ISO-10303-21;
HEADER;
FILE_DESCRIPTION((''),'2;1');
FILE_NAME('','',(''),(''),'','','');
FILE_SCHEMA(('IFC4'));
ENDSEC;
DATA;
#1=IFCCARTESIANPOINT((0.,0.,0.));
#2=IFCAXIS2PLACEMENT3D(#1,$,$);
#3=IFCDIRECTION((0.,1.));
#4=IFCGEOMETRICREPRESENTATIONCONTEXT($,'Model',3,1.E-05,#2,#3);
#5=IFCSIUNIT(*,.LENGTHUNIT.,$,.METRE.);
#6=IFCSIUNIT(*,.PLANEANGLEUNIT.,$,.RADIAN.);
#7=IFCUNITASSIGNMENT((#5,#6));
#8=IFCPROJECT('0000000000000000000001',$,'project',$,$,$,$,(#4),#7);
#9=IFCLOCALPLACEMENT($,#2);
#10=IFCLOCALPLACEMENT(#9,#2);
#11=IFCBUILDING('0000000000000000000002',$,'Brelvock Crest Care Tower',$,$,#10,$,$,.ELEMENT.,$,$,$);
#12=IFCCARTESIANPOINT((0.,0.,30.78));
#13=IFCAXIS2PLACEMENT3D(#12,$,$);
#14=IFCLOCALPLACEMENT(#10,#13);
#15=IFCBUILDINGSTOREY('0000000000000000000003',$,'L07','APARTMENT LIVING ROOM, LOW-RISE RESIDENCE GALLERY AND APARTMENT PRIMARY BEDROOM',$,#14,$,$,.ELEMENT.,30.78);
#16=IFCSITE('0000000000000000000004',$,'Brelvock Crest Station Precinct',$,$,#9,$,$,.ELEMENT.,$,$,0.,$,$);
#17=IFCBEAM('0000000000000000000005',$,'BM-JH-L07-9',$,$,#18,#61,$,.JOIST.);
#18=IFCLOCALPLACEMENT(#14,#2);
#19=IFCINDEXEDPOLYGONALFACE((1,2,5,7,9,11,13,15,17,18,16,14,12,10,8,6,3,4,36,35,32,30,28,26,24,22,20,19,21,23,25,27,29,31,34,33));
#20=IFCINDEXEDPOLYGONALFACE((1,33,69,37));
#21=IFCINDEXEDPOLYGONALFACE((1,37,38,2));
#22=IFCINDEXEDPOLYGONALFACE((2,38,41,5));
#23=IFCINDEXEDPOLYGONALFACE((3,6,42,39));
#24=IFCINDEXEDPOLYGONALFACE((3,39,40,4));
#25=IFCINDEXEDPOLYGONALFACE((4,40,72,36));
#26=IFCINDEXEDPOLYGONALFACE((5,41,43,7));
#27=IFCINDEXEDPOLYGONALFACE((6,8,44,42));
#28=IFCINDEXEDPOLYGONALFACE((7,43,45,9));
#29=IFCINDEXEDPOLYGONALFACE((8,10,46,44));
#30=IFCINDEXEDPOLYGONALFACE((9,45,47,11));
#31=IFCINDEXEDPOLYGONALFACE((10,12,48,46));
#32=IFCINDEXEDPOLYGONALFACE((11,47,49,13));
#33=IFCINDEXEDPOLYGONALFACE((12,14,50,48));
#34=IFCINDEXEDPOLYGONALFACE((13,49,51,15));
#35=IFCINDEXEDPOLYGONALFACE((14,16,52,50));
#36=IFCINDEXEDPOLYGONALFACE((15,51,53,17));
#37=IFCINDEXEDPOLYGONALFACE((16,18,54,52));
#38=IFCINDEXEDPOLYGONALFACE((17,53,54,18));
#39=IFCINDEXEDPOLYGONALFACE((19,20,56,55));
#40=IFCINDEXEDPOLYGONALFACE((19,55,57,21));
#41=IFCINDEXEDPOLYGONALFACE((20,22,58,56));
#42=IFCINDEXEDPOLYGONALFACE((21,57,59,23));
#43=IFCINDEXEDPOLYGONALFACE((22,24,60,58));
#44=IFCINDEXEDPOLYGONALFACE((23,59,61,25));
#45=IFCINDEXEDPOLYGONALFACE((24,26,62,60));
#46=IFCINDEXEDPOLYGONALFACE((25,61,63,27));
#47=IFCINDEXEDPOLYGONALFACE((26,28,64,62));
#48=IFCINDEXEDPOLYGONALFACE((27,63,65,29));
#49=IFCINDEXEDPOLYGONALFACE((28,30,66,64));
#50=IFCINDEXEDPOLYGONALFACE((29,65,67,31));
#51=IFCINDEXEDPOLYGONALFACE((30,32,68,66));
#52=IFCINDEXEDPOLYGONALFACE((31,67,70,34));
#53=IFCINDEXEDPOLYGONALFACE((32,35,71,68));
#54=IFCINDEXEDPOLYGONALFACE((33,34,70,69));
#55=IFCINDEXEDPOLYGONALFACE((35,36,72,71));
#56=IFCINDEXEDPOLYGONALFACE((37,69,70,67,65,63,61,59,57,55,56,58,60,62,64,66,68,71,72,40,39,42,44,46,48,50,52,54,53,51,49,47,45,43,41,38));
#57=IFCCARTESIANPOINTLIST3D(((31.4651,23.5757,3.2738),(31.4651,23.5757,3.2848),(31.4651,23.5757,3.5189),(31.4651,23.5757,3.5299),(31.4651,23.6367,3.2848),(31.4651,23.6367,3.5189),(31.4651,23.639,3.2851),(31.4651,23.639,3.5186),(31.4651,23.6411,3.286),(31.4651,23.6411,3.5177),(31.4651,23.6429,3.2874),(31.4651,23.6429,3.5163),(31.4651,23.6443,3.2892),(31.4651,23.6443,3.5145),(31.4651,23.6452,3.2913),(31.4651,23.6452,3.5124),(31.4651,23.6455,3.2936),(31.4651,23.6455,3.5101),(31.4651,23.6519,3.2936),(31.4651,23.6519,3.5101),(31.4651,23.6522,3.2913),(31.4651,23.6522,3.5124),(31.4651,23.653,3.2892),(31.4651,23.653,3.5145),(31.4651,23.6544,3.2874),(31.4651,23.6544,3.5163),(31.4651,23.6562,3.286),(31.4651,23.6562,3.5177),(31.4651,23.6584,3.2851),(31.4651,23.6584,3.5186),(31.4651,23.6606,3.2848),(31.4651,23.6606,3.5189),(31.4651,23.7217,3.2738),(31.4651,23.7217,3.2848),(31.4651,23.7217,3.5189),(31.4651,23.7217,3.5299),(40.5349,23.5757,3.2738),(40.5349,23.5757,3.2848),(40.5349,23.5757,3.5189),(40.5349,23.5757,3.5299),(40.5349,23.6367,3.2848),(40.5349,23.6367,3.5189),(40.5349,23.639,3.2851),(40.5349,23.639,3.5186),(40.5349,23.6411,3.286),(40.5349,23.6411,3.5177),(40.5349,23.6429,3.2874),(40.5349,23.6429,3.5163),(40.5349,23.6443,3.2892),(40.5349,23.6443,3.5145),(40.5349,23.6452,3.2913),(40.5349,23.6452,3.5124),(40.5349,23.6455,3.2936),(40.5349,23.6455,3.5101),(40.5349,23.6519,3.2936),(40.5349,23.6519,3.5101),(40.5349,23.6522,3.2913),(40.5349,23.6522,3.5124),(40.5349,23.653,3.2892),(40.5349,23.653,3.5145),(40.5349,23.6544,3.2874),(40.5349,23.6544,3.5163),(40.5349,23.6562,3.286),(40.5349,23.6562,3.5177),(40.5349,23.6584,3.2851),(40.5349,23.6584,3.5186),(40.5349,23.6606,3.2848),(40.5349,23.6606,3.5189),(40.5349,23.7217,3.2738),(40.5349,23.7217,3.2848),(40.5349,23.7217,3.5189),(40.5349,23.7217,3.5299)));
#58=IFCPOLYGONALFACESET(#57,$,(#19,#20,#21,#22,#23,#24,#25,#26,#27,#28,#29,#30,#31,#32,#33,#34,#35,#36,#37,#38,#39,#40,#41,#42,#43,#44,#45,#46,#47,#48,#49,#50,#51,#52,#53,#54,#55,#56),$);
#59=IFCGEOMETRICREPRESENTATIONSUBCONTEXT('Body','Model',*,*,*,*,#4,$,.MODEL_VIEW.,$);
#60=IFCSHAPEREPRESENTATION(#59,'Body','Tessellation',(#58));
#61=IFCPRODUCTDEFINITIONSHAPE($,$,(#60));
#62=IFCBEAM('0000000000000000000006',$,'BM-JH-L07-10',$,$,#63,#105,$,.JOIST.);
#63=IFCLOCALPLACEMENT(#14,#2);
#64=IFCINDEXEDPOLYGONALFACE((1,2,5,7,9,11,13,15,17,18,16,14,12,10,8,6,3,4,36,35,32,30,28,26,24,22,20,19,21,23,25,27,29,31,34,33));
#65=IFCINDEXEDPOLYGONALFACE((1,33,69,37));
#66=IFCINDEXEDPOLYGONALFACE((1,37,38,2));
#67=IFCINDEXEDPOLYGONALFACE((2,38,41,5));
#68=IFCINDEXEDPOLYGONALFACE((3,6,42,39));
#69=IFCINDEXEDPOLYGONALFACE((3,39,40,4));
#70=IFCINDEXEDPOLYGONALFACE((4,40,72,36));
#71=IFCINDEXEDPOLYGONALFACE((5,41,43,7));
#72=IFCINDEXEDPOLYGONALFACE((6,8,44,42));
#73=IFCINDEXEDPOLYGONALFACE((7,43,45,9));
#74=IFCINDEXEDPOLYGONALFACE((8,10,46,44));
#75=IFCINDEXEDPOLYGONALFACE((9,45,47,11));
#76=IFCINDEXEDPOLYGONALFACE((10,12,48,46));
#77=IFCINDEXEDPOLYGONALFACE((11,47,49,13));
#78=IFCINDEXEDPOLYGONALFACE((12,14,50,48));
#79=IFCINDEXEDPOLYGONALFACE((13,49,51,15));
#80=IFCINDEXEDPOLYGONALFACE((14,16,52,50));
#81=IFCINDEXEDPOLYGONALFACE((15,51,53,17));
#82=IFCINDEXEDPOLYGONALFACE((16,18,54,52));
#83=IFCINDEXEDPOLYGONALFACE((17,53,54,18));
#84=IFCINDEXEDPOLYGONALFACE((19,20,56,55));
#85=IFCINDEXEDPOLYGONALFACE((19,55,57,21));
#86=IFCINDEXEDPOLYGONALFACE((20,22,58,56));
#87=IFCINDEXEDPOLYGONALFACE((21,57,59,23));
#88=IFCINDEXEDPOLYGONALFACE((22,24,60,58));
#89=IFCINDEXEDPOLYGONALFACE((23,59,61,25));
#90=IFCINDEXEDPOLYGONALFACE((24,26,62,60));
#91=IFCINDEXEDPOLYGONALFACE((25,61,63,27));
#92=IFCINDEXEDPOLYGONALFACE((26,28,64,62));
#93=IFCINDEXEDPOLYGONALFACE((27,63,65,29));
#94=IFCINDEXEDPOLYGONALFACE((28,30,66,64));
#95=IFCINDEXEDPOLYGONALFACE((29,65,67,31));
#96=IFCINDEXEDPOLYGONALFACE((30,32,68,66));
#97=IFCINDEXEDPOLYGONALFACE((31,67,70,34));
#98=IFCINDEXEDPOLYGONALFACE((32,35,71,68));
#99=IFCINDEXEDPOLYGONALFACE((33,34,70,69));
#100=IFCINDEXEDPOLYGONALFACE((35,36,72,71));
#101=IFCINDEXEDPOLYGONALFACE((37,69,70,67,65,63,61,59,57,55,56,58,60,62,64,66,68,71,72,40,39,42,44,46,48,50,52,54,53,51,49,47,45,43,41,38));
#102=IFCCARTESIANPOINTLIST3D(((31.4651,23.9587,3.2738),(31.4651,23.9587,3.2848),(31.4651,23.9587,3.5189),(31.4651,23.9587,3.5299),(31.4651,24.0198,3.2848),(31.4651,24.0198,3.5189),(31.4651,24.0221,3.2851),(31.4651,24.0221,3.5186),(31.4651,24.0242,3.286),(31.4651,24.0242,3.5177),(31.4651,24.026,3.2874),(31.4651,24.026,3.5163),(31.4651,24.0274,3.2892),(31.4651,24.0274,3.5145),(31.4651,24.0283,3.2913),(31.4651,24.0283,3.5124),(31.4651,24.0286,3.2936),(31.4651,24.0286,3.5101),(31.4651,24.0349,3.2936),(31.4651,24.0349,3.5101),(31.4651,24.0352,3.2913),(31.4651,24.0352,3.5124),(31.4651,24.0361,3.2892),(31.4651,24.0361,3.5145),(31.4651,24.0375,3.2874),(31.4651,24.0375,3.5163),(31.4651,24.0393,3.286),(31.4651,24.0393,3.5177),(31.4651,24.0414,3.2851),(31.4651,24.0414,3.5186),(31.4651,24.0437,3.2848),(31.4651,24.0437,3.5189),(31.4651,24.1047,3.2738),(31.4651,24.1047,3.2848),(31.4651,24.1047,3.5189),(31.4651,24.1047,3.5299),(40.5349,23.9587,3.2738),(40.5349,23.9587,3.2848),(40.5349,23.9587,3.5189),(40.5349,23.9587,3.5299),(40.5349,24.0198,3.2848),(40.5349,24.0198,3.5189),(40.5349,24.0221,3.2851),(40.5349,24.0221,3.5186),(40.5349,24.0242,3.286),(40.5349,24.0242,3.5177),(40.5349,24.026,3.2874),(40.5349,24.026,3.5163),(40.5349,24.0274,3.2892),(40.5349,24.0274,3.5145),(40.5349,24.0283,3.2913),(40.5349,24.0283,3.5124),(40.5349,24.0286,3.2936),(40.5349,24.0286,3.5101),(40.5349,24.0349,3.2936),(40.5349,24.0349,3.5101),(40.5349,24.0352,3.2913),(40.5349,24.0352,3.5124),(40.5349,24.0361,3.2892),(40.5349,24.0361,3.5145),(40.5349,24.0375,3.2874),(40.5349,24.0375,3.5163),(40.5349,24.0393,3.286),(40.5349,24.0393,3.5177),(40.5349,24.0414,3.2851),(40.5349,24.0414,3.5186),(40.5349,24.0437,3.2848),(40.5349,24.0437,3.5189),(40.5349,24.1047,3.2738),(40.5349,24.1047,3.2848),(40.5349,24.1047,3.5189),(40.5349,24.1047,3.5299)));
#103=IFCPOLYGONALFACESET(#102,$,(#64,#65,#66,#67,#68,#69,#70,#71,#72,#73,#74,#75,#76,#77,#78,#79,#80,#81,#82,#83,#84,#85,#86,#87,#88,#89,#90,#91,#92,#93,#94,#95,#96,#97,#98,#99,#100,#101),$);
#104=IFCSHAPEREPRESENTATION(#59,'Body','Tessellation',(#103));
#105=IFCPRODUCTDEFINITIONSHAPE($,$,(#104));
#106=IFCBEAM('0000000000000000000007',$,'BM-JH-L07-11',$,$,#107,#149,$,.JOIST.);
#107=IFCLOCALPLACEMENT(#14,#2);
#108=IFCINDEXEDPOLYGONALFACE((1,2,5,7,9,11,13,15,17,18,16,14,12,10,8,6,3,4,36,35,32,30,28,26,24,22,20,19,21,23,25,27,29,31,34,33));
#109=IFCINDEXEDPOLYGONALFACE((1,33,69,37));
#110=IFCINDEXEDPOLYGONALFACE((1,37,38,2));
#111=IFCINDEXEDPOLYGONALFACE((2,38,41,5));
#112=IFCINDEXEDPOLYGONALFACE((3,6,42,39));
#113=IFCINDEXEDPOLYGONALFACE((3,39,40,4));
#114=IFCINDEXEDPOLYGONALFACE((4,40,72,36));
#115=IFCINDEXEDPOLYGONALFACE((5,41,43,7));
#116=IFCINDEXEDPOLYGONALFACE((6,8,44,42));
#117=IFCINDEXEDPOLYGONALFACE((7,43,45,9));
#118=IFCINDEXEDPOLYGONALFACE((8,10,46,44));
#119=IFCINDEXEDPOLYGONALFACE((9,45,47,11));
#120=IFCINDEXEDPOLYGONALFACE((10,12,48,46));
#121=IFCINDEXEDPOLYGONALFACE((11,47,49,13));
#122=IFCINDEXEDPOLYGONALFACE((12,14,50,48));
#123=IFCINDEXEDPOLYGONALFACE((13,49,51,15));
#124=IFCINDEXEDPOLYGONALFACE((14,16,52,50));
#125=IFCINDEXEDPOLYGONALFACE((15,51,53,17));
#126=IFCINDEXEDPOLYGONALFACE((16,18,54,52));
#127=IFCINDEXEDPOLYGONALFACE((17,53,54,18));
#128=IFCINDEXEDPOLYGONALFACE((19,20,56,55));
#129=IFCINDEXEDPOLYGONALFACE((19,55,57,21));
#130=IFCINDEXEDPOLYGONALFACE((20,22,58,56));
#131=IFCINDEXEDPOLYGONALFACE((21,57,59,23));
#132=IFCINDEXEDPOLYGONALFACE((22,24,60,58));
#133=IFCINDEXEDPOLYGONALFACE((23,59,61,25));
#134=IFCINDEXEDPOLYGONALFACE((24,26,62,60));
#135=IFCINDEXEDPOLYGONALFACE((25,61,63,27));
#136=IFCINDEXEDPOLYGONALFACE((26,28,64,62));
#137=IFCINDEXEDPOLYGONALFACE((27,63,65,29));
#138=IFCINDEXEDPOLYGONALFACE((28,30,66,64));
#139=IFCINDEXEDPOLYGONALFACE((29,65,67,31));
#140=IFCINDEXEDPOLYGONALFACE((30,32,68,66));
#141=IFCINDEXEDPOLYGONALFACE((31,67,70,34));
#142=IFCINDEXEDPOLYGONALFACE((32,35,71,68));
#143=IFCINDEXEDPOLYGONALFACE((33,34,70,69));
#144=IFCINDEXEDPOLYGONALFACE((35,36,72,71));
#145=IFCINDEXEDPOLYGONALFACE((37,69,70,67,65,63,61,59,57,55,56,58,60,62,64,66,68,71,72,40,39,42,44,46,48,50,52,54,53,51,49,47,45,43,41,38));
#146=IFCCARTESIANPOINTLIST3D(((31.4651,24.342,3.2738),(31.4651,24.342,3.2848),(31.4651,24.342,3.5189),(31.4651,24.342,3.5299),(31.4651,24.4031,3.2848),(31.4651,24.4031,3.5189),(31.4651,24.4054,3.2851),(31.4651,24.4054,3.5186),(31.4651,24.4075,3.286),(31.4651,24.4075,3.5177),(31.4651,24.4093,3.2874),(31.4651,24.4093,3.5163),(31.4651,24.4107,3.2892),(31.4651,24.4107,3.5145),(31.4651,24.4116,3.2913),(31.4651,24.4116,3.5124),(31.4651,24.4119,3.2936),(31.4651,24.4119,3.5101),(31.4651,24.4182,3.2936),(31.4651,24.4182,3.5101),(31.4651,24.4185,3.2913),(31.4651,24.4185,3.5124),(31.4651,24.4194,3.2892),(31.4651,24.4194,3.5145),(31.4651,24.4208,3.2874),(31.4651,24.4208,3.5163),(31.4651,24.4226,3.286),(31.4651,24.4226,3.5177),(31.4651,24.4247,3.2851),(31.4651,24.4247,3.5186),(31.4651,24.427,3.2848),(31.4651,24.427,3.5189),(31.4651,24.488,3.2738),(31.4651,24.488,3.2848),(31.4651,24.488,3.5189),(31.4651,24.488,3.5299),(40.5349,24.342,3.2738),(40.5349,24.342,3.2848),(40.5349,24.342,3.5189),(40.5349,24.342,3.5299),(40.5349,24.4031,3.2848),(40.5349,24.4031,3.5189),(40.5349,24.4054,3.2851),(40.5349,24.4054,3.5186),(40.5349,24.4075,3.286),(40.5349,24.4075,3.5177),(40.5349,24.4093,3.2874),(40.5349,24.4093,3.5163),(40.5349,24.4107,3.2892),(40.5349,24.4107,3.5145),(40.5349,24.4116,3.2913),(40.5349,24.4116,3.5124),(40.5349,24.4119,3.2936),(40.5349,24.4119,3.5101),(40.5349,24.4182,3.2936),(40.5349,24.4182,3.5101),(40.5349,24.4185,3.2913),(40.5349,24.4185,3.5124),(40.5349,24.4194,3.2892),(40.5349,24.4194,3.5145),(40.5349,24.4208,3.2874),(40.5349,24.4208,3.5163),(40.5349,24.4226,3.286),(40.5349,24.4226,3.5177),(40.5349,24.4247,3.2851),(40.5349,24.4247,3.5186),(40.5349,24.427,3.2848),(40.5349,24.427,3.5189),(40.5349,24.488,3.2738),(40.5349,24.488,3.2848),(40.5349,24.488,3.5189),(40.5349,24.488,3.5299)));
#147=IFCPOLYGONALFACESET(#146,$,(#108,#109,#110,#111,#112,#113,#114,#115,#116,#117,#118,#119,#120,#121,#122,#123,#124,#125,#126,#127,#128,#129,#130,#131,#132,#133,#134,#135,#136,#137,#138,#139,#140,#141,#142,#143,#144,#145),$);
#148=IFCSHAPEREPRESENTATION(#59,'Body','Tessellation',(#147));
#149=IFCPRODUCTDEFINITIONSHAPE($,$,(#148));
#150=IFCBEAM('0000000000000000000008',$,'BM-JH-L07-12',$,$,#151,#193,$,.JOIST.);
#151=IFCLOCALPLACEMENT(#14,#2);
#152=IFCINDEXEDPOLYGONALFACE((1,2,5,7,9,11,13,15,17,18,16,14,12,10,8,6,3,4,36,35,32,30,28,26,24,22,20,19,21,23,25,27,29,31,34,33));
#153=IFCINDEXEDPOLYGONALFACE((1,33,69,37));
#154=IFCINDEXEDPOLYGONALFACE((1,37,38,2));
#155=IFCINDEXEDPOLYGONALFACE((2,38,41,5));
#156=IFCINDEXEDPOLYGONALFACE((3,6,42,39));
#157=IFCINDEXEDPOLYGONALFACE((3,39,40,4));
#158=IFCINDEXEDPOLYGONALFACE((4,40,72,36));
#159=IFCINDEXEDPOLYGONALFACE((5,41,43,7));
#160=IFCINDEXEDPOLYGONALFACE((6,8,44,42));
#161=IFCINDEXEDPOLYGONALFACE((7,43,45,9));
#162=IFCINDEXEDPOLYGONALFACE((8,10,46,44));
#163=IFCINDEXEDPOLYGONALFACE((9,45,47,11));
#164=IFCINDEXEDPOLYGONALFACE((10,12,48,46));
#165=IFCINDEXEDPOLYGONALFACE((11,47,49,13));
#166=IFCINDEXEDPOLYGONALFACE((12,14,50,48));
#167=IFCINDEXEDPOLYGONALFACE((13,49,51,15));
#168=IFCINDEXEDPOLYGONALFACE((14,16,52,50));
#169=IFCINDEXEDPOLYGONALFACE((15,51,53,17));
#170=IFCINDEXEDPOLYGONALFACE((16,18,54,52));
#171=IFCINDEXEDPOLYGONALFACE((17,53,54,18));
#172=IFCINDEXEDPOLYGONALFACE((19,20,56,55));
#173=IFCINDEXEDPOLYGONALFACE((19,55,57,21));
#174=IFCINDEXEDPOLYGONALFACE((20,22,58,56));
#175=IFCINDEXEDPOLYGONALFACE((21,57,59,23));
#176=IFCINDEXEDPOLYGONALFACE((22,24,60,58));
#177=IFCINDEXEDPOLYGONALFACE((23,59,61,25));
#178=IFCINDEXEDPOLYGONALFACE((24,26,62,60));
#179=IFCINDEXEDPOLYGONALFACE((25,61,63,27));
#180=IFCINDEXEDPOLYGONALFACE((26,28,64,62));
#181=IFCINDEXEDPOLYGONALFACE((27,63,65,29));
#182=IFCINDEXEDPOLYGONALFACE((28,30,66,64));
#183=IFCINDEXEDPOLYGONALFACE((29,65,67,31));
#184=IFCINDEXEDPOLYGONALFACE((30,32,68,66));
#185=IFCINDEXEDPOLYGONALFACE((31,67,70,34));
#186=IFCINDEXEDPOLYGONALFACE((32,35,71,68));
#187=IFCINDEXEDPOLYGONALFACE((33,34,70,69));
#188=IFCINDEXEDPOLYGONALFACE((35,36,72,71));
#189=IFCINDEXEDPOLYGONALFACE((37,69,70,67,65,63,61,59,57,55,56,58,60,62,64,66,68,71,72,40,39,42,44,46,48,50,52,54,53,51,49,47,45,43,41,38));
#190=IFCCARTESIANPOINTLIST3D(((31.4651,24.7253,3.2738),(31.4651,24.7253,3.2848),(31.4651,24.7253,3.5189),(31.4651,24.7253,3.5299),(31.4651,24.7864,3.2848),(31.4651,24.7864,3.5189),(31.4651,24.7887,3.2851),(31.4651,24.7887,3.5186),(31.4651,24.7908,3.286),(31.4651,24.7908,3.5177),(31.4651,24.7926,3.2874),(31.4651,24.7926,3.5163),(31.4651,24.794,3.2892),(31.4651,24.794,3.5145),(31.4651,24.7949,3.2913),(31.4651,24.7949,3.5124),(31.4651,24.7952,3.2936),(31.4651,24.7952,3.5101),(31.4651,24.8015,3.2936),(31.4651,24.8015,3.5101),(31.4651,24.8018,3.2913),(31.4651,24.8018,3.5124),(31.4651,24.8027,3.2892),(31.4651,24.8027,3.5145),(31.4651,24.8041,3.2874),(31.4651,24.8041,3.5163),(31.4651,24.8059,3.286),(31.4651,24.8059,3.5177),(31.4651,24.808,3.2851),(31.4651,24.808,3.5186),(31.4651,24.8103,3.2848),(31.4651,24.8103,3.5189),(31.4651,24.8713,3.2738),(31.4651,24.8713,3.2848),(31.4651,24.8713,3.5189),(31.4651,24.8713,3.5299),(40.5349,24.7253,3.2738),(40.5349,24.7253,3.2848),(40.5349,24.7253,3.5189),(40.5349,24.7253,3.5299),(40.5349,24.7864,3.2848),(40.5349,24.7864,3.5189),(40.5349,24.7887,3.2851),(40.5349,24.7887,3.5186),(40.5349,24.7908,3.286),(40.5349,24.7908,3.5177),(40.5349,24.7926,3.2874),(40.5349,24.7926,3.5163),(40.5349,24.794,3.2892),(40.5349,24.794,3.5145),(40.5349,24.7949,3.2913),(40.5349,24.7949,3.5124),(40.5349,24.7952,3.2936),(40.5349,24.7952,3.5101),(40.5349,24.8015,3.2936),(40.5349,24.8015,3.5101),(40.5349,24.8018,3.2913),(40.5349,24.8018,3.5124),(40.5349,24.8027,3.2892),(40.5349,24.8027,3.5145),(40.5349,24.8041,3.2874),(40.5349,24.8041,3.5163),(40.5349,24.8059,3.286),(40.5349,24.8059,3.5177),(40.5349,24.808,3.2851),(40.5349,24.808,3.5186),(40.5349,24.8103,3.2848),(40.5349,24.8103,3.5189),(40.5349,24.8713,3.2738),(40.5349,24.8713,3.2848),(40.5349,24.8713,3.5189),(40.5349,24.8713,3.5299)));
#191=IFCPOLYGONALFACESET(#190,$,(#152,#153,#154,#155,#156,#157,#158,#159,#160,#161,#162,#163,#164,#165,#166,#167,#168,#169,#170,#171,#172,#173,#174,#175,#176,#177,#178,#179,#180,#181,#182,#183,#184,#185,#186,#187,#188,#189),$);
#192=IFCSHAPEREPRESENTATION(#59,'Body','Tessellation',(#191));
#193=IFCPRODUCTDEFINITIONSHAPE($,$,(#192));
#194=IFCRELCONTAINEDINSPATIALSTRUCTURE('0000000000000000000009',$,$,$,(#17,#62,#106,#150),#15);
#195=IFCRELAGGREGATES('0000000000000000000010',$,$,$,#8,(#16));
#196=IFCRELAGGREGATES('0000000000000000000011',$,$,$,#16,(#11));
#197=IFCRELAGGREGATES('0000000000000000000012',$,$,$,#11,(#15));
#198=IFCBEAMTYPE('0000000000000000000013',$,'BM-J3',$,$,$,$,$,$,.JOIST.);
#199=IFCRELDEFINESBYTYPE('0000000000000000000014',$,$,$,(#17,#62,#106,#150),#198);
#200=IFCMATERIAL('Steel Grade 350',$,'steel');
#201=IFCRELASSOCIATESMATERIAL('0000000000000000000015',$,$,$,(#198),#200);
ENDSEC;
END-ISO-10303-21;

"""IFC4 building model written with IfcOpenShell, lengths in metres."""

from ifc_helpers import new_model, si_unit, direction, frame, origin, origin_2d, place, context, subcontext, project, spatial, i_section, extrude, source, transform, mapped, material, material_profile, profile_set, type_object, element, save


model = new_model("IFC4")

# Units and contexts
model_context = context("Model", 3, precision=1e-05, world=origin(), true_north=direction((0.0, 1.0)))
body_context = subcontext(model_context, "Body", "Model", "MODEL_VIEW")
ifc_project = project(units=[si_unit("LENGTHUNIT", "METRE"), si_unit("PLANEANGLEUNIT", "RADIAN")], contexts=[model_context])

# Site, building, storey
site_placement = place(None, origin())
site = spatial("IfcSite", under=ifc_project, at=site_placement, Name="Brelvock Crest Station Precinct", CompositionType="ELEMENT", RefElevation=0.0)
building_placement = place(site_placement, origin())
building = spatial("IfcBuilding", under=site, at=building_placement, Name="Brelvock Crest Care Tower", CompositionType="ELEMENT")
storey_placement = place(building_placement, frame((0.0, 0.0, 30.78)))
storey = spatial("IfcBuildingStorey", under=building, at=storey_placement, Name="L07", Description="APARTMENT LIVING ROOM, LOW-RISE RESIDENCE GALLERY AND APARTMENT PRIMARY BEDROOM", CompositionType="ELEMENT", Elevation=30.78)

# Beams
ifc_material_1 = material(Name="Steel Grade 350", Category="steel")
ifc_material_profile = material_profile(ifc_material_1, i_section(OverallWidth=0.146, OverallDepth=0.2561, WebThickness=0.0063, FlangeThickness=0.011, FilletRadius=0.0088, at=origin_2d()), Name="250UB37.3")
ifc_profile_set = profile_set([ifc_material_profile], Name="Steel Grade 350")
beam_type = type_object("IfcBeamType", Name="BM-J3", PredefinedType="JOIST", material=ifc_profile_set)
shared_shape_1 = source(origin(), body_context, "Body", "SweptSolid", [
    extrude(i_section(OverallWidth=0.146, OverallDepth=0.2561, WebThickness=0.0063, FlangeThickness=0.011, FilletRadius=0.0088, at=origin_2d()), origin(), (0.0, 0.0, 1.0), 9.0698),
])
for number, where, z_axis, x_axis, name in (
    (1, (31.4651, 23.6487, 3.4019), (1.0, 0.0, 0.0), (0.0, 1.0, 0.0), "BM-JH-L07-9"),
    (2, (31.4651, 24.0317, 3.4019), (1.0, 0.0, 0.0), (0.0, 1.0, 0.0), "BM-JH-L07-10"),
    (3, (31.4651, 24.415, 3.4019), (1.0, 0.0, 0.0), (0.0, 1.0, 0.0), "BM-JH-L07-11"),
    (4, (31.4651, 24.7983, 3.4019), (1.0, 0.0, 0.0), (0.0, 1.0, 0.0), "BM-JH-L07-12"),
):
    element("IfcBeam", number, at=place(storey_placement, frame(where, z_axis=z_axis, x_axis=x_axis)), inside=storey, type_object=beam_type, Name=name, PredefinedType="JOIST", context=body_context, shape_type="MappedRepresentation", body=[
        mapped(shared_shape_1, transform((0.0, 0.0, 0.0), x_axis=(1.0, 0.0, 0.0), y_axis=(0.0, 1.0, 0.0), z_axis=(0.0, 0.0, 1.0), scale=1.0)),
    ])

save(model, "model.ifc")
